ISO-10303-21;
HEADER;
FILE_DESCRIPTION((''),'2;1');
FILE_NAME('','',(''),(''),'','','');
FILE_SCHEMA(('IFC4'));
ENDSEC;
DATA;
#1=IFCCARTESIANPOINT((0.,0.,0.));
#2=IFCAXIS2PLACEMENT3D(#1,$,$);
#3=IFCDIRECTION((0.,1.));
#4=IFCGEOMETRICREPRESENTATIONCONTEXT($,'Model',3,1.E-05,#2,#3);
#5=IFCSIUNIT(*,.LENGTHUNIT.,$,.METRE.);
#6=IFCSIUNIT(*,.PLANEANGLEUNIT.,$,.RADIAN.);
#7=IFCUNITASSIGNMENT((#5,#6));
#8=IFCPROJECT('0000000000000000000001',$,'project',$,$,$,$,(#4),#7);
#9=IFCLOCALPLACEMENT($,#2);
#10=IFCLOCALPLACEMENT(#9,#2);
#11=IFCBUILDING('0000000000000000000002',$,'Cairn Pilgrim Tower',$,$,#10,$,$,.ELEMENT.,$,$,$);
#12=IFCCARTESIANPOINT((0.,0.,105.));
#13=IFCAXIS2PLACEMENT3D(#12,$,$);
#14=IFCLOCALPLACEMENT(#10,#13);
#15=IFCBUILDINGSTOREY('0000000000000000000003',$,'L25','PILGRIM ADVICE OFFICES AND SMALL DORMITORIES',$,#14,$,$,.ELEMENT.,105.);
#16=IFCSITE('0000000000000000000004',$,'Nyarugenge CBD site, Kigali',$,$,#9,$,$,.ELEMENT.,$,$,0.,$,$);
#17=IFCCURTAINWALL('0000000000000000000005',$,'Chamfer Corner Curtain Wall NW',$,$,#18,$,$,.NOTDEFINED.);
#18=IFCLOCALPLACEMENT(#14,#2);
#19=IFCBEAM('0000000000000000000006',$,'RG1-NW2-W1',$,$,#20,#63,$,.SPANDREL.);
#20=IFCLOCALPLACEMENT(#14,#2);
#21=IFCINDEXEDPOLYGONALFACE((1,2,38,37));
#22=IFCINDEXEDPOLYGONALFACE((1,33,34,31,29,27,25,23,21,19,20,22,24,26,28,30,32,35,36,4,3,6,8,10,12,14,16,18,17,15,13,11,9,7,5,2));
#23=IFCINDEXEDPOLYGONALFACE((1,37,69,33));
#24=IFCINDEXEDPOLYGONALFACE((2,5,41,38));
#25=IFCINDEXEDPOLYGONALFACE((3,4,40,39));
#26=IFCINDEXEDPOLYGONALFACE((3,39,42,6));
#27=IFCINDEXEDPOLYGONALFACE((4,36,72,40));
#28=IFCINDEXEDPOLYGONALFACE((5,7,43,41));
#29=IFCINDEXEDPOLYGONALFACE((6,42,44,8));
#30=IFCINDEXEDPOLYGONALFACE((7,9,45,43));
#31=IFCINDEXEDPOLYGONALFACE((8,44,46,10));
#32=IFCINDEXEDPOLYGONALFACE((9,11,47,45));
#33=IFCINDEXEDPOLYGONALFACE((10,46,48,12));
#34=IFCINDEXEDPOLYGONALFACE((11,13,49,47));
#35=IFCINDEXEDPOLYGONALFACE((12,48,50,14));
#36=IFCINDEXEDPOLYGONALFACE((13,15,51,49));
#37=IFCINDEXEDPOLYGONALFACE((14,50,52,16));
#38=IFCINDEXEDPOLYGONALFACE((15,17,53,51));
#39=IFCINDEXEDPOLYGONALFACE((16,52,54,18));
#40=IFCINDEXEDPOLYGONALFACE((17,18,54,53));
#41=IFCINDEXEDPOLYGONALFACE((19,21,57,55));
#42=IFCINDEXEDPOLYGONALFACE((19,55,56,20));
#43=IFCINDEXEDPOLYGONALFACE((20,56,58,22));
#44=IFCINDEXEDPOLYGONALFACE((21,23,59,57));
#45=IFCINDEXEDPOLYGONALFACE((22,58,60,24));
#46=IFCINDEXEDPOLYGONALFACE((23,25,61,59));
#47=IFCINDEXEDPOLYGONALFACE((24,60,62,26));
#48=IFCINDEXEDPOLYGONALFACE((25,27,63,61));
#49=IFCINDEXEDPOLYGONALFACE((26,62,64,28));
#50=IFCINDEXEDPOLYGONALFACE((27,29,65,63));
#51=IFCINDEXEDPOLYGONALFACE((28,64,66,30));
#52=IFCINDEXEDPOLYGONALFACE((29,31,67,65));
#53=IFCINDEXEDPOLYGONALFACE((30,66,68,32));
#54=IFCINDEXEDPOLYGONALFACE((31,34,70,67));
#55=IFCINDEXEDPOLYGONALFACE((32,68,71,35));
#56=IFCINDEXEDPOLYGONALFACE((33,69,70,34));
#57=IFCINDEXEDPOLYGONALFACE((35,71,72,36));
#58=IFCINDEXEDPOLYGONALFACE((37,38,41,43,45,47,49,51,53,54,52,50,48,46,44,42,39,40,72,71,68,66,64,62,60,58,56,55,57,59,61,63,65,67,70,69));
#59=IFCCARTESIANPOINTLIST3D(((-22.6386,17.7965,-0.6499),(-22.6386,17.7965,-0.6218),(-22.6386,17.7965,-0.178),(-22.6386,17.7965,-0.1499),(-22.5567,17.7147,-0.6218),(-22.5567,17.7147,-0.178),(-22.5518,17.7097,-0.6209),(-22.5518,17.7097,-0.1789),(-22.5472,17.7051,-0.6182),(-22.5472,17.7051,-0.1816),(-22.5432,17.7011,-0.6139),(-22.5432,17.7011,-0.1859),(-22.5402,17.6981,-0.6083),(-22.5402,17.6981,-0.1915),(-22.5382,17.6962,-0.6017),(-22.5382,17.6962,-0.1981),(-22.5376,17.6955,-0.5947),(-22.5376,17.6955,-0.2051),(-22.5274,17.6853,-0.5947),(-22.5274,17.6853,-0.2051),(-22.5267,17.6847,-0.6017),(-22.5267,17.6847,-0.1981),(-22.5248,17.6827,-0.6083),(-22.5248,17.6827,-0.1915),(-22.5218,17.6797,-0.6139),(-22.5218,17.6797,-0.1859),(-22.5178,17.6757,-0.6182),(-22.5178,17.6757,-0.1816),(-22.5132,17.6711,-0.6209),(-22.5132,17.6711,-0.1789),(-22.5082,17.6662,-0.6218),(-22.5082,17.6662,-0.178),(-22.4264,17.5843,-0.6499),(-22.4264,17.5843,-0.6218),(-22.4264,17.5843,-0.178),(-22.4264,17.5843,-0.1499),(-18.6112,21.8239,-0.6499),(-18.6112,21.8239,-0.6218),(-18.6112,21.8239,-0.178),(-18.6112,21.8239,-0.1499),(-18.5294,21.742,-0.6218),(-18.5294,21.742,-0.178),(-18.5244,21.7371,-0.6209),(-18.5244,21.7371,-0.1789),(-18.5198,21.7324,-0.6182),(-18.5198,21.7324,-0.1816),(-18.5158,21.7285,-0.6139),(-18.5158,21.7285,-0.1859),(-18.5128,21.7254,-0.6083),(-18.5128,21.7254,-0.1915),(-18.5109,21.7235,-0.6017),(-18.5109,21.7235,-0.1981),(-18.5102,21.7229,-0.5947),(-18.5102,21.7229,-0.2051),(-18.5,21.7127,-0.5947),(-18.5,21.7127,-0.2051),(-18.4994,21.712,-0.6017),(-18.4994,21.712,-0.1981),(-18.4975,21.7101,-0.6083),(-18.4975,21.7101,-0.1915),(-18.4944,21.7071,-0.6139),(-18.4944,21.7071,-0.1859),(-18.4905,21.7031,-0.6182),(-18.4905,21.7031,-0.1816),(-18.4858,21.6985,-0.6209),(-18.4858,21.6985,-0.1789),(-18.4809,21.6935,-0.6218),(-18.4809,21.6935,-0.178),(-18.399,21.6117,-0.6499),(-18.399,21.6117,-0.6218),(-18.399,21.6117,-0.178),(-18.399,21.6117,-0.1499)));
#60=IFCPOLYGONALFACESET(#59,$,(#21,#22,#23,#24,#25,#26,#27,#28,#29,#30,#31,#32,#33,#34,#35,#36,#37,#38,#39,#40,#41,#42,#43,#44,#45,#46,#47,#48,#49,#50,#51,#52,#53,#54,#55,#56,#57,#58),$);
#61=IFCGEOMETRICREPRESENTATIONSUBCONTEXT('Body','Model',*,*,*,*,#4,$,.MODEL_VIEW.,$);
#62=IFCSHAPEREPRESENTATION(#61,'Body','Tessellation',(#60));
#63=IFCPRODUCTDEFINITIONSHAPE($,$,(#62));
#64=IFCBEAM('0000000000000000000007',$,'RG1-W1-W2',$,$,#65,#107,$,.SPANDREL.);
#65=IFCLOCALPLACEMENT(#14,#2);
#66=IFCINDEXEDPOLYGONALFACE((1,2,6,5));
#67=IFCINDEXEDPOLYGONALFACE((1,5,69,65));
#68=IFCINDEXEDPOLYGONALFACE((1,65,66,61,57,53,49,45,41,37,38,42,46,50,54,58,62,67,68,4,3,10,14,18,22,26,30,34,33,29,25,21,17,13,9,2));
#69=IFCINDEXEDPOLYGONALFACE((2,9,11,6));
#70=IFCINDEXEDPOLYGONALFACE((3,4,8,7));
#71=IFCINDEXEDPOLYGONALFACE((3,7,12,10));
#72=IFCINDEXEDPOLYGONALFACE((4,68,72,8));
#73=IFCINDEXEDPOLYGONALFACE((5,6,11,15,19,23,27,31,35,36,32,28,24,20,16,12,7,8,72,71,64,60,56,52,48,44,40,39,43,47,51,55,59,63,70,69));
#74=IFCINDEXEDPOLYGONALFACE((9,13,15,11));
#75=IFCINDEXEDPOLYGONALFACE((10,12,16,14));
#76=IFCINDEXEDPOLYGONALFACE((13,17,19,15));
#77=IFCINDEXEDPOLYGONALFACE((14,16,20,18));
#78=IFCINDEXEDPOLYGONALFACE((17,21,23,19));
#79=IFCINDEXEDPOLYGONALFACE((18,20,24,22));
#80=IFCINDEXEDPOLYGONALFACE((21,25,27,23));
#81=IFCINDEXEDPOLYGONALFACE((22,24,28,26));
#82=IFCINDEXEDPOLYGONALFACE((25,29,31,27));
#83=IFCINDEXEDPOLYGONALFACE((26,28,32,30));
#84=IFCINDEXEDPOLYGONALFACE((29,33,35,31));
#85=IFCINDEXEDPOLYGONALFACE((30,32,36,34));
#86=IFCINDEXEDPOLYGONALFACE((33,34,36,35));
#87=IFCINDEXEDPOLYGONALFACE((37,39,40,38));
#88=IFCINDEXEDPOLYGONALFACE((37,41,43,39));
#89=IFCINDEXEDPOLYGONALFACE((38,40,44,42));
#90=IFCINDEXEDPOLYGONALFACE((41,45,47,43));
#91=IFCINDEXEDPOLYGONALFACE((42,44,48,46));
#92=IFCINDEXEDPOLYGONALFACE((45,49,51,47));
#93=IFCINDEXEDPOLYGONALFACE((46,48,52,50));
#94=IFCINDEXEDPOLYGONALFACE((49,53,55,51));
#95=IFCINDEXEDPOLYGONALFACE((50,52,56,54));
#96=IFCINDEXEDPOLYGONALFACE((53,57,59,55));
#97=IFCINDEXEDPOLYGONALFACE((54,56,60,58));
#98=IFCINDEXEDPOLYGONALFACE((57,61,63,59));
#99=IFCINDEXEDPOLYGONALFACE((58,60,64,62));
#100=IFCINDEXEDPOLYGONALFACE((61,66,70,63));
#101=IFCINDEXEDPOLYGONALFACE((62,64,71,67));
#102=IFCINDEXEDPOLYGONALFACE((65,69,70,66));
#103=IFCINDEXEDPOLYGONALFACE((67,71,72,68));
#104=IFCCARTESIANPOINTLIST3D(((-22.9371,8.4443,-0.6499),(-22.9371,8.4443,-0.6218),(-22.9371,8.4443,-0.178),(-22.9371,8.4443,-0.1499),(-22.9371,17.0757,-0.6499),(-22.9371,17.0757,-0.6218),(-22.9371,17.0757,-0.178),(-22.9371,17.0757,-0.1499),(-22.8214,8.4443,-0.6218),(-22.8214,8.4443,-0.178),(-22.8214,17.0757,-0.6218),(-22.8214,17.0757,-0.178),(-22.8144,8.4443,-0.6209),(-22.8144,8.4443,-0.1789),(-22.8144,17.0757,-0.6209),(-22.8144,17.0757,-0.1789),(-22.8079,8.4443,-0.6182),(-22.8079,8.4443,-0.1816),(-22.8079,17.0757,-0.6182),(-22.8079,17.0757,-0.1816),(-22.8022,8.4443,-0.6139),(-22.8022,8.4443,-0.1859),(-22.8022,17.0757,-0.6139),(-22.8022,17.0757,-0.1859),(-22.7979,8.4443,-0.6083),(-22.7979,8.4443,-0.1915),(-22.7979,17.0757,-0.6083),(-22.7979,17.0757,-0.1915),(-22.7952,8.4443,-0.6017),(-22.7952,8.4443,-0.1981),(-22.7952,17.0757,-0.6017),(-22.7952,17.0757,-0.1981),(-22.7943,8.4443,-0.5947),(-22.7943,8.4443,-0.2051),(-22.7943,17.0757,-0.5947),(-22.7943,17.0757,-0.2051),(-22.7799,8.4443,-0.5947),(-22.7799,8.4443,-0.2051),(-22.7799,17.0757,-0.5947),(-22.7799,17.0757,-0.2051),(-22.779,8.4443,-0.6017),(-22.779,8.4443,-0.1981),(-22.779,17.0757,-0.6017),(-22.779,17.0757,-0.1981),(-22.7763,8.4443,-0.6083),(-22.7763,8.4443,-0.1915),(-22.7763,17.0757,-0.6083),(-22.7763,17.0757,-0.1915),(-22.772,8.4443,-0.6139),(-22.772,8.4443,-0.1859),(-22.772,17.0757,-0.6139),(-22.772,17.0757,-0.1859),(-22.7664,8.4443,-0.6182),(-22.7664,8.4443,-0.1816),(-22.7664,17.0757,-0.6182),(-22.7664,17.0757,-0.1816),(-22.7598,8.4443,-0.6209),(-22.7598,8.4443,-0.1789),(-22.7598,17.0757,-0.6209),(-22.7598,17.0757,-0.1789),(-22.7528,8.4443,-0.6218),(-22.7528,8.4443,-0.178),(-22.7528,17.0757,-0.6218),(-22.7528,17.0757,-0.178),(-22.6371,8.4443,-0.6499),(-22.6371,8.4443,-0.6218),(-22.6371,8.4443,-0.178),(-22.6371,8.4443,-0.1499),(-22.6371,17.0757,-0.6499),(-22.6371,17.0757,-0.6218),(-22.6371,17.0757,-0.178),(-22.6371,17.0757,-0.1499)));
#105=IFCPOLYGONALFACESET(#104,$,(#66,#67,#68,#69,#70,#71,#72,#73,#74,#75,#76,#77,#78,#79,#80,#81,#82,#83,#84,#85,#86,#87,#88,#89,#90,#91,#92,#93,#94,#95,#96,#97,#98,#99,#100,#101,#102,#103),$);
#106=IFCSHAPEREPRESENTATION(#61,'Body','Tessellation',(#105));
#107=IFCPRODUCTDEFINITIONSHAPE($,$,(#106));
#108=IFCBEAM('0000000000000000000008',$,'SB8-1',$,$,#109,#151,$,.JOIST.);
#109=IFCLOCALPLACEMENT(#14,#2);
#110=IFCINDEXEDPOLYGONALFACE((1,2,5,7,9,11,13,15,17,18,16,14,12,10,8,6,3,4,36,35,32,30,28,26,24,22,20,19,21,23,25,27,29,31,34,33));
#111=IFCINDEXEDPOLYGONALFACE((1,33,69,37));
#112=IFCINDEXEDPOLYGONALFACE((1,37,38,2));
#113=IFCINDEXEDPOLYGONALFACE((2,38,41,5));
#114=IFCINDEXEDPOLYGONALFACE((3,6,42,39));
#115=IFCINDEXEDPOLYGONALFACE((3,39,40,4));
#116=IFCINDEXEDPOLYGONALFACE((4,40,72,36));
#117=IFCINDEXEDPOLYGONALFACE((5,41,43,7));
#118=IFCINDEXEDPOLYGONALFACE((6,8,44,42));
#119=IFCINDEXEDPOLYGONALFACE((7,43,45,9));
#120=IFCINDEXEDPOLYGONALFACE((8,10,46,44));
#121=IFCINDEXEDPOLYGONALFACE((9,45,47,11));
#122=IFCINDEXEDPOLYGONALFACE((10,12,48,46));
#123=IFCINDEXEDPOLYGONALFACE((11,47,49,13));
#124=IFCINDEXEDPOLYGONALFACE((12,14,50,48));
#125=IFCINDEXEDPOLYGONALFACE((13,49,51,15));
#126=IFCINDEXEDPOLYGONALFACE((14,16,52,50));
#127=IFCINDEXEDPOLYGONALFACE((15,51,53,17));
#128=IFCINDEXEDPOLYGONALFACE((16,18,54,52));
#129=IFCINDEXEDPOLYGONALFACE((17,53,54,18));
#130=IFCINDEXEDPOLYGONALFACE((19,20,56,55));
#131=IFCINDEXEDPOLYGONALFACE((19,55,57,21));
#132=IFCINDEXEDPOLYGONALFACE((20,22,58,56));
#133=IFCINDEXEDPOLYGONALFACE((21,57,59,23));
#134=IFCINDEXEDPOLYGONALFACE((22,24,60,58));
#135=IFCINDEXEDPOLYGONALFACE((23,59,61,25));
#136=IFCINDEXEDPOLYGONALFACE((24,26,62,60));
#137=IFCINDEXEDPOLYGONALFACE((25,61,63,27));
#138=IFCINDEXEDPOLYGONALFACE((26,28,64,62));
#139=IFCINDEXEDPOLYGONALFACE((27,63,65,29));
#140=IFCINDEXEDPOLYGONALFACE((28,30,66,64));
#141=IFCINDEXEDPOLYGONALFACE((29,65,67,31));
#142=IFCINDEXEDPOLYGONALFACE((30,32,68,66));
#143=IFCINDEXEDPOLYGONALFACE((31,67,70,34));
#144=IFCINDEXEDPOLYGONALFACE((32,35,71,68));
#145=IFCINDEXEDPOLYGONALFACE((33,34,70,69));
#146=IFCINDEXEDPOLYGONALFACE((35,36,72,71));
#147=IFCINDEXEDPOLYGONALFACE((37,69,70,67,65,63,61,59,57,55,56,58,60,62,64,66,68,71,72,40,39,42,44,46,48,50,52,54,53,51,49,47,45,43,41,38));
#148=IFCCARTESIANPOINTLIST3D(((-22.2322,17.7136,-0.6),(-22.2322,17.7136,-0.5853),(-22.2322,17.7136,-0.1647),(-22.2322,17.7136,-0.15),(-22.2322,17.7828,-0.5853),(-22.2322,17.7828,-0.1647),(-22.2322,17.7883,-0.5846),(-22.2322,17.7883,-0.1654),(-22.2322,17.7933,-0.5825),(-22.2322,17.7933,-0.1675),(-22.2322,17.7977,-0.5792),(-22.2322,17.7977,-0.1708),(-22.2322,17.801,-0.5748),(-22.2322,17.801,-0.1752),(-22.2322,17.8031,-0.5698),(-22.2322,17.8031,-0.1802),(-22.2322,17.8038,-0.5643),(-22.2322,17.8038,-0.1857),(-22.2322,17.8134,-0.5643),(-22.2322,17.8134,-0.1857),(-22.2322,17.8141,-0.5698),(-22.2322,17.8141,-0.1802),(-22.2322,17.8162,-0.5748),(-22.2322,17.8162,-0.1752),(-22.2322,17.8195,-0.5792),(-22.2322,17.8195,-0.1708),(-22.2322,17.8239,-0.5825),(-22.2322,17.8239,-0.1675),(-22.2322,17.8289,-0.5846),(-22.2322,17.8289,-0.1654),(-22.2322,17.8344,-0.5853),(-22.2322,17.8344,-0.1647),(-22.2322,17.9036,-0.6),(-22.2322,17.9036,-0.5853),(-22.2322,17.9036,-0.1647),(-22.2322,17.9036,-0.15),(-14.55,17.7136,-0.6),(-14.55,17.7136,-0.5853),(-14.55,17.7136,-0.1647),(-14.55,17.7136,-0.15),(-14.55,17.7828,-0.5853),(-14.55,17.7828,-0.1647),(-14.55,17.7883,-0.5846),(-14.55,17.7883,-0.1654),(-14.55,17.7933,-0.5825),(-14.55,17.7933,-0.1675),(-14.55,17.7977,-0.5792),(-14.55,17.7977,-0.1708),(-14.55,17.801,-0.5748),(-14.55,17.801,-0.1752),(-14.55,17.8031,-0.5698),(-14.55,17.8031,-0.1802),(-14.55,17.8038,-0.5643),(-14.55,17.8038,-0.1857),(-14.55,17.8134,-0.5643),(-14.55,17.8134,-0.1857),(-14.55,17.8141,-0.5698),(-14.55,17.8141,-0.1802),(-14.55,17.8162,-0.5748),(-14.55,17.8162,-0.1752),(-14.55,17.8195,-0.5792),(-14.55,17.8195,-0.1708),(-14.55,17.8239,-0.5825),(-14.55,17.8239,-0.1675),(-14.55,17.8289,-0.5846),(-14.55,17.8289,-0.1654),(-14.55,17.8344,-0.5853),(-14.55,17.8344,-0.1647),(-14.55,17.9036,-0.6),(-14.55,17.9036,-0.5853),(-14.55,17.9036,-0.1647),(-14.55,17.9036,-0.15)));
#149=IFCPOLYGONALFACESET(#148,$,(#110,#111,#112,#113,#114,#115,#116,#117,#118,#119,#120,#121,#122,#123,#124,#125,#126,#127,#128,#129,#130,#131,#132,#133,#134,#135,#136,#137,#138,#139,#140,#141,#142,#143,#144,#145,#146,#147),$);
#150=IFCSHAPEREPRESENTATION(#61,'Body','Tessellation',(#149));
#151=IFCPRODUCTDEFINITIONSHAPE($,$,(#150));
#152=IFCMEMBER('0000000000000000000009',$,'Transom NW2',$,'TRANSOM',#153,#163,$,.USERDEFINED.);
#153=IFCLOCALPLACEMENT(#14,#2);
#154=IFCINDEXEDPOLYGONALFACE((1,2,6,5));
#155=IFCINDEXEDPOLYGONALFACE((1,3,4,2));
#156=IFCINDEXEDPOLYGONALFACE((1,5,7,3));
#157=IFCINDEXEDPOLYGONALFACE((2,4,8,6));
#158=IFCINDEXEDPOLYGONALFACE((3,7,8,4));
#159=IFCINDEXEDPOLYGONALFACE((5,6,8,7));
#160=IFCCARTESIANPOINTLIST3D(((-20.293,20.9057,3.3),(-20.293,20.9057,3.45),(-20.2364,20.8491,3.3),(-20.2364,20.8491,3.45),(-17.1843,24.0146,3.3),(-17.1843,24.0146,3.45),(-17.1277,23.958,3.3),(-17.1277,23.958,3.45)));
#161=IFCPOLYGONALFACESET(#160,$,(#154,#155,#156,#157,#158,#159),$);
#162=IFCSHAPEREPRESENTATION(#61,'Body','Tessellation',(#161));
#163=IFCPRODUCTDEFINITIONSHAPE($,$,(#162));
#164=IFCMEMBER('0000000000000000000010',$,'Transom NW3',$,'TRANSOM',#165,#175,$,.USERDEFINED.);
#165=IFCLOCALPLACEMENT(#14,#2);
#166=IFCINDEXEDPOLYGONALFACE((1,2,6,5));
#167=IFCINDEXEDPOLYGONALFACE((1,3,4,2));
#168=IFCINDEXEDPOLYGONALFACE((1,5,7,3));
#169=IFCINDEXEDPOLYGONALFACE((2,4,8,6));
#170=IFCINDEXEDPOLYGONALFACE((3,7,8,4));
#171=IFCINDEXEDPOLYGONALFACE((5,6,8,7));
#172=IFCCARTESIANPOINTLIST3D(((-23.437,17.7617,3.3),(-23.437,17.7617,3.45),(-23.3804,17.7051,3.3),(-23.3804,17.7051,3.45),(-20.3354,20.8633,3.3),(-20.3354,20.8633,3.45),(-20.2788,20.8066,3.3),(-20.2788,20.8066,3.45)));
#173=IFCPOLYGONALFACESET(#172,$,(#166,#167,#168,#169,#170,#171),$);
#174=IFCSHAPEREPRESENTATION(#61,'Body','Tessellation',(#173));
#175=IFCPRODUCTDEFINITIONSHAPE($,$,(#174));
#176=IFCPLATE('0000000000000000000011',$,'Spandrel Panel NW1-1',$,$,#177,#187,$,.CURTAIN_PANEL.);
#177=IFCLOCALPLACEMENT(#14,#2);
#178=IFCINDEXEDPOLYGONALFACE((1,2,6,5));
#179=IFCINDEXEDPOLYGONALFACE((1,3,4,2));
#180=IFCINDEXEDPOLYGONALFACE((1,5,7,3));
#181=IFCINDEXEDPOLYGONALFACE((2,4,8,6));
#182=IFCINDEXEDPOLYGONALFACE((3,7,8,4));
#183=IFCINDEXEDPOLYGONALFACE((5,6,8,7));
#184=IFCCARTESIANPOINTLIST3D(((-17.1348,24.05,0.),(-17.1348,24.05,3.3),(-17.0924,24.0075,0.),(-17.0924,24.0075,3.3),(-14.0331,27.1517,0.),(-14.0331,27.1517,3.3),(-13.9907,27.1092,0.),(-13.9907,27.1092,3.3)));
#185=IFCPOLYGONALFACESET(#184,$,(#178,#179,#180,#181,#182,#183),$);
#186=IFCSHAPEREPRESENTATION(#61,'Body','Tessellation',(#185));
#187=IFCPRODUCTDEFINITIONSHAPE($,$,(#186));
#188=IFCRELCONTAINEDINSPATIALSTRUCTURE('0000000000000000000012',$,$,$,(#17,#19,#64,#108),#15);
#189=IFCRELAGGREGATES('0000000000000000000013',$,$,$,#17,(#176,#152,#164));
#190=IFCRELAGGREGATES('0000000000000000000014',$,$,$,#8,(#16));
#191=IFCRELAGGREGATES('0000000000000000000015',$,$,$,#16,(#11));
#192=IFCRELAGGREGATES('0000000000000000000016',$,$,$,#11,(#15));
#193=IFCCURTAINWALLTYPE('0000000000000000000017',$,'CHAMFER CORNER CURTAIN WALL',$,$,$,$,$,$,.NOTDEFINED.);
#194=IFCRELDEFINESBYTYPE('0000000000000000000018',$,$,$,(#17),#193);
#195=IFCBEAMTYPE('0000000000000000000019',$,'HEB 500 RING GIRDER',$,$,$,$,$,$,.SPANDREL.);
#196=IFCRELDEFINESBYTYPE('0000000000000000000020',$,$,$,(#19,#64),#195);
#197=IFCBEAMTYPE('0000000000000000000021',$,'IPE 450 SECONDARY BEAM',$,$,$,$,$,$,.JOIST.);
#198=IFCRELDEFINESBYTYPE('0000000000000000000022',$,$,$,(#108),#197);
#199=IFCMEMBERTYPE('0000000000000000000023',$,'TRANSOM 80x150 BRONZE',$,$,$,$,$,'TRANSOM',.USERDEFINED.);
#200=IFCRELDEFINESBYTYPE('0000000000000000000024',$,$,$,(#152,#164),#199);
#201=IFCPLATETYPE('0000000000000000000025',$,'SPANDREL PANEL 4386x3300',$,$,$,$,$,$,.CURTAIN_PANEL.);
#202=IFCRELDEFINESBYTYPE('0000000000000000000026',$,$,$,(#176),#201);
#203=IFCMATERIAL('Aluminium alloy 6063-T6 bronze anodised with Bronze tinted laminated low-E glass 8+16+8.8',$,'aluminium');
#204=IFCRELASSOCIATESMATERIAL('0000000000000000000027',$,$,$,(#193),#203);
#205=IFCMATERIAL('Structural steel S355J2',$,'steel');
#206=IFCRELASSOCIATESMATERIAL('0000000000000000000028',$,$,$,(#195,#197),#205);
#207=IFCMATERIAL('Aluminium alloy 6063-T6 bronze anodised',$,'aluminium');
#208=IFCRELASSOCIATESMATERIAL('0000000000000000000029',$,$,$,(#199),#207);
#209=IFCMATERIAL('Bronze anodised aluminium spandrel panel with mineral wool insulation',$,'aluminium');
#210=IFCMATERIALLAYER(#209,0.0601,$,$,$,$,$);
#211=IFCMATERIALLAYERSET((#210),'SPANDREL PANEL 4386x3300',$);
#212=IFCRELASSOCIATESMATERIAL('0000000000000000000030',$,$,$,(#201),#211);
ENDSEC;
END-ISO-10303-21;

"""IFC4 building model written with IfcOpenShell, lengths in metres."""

from ifc_helpers import new_model, si_unit, direction, frame, origin, origin_2d, place, context, subcontext, project, spatial, rectangle, i_section, extrude, material, layer, layer_set, material_profile, profile_set, type_object, element, aggregate, save


model = new_model("IFC4")

# Units and contexts
model_context = context("Model", 3, precision=1e-05, world=origin(), true_north=direction((0.0, 1.0)))
body_context = subcontext(model_context, "Body", "Model", "MODEL_VIEW")
ifc_project = project(units=[si_unit("LENGTHUNIT", "METRE"), si_unit("PLANEANGLEUNIT", "RADIAN")], contexts=[model_context])

# Site, building, storey
site_placement = place(None, origin())
site = spatial("IfcSite", under=ifc_project, at=site_placement, Name="Nyarugenge CBD site, Kigali", CompositionType="ELEMENT", RefElevation=0.0)
building_placement = place(site_placement, origin())
building = spatial("IfcBuilding", under=site, at=building_placement, Name="Cairn Pilgrim Tower", CompositionType="ELEMENT")
storey_placement = place(building_placement, frame((0.0, 0.0, 105.0)))
storey = spatial("IfcBuildingStorey", under=building, at=storey_placement, Name="L25", Description="PILGRIM ADVICE OFFICES AND SMALL DORMITORIES", CompositionType="ELEMENT", Elevation=105.0)

# Shared definitions
ifc_material_1 = material(Name="Structural steel S355J2", Category="steel")

# Curtain wall
ifc_material_2 = material(Name="Aluminium alloy 6063-T6 bronze anodised with Bronze tinted laminated low-E glass 8+16+8.8", Category="aluminium")
curtain_wall_type_1 = type_object("IfcCurtainWallType", Name="CHAMFER CORNER CURTAIN WALL", PredefinedType="NOTDEFINED", material=ifc_material_2)
curtain_wall_1_placement = place(storey_placement, origin())
curtain_wall_1 = element("IfcCurtainWall", 1, at=curtain_wall_1_placement, inside=storey, type_object=curtain_wall_type_1, Name="Chamfer Corner Curtain Wall NW", PredefinedType="NOTDEFINED")
ifc_material_3 = material(Name="Aluminium alloy 6063-T6 bronze anodised", Category="aluminium")

# Beams
ifc_material_profile_1 = material_profile(ifc_material_1, i_section(OverallWidth=0.3, OverallDepth=0.5, WebThickness=0.0144, FlangeThickness=0.0281, FilletRadius=0.0271, at=origin_2d()), Name="HEB 500")
ifc_profile_set_1 = profile_set([ifc_material_profile_1], Name="Structural steel S355J2")
beam_type_1 = type_object("IfcBeamType", Name="HEB 500 RING GIRDER", PredefinedType="SPANDREL", material=ifc_profile_set_1)
beam_1_placement = place(storey_placement, frame((-18.5051, 21.7178, -0.3999), z_axis=(-0.707107, -0.707107, 0.0), x_axis=(0.707107, -0.707107, 0.0)))
element("IfcBeam", 2, at=beam_1_placement, inside=storey, type_object=beam_type_1, Name="RG1-NW2-W1", PredefinedType="SPANDREL", context=body_context, shape_type="SweptSolid", body=[
    extrude(i_section(OverallWidth=0.3, OverallDepth=0.5, WebThickness=0.0144, FlangeThickness=0.0281, FilletRadius=0.0271, at=origin_2d()), origin(), (0.0, 0.0, 1.0), 5.6956),
])
beam_2_placement = place(storey_placement, frame((-22.7871, 17.0757, -0.3999), z_axis=(0.0, -1.0, 0.0), x_axis=(1.0, 0.0, 0.0)))
element("IfcBeam", 3, at=beam_2_placement, inside=storey, type_object=beam_type_1, Name="RG1-W1-W2", PredefinedType="SPANDREL", context=body_context, shape_type="SweptSolid", body=[
    extrude(i_section(OverallWidth=0.3, OverallDepth=0.5, WebThickness=0.0144, FlangeThickness=0.0281, FilletRadius=0.0271, at=origin_2d()), origin(), (0.0, 0.0, 1.0), 8.6313),
])
ifc_material_profile_2 = material_profile(ifc_material_1, i_section(OverallWidth=0.1899, OverallDepth=0.45, WebThickness=0.0095, FlangeThickness=0.0146, FilletRadius=0.021, at=origin_2d()), Name="IPE 450")
ifc_profile_set_2 = profile_set([ifc_material_profile_2], Name="Structural steel S355J2")
beam_type_2 = type_object("IfcBeamType", Name="IPE 450 SECONDARY BEAM", PredefinedType="JOIST", material=ifc_profile_set_2)
beam_3_placement = place(storey_placement, frame((-22.2322, 17.8086, -0.375), z_axis=(1.0, 0.0, 0.0), x_axis=(0.0, 1.0, 0.0)))
element("IfcBeam", 4, at=beam_3_placement, inside=storey, type_object=beam_type_2, Name="SB8-1", PredefinedType="JOIST", context=body_context, shape_type="SweptSolid", body=[
    extrude(i_section(OverallWidth=0.1899, OverallDepth=0.45, WebThickness=0.0095, FlangeThickness=0.0146, FilletRadius=0.021, at=origin_2d()), origin(), (0.0, 0.0, 1.0), 7.6821),
])

# Members
ifc_material_profile_3 = material_profile(ifc_material_3, rectangle(XDim=0.0801, YDim=0.1499, at=origin_2d()), Name="TRANSOM 80x150 BRONZE")
ifc_profile_set_3 = profile_set([ifc_material_profile_3], Name="Aluminium alloy 6063-T6 bronze anodised")
member_type_1 = type_object("IfcMemberType", Name="TRANSOM 80x150 BRONZE", ElementType="TRANSOM", PredefinedType="USERDEFINED", material=ifc_profile_set_3)
member_1_placement = place(storey_placement, frame((-17.156, 23.9863, 3.375), z_axis=(-0.707079, -0.707135, 0.0), x_axis=(0.707135, -0.707079, 0.0)))
member_1 = element("IfcMember", 5, at=member_1_placement, type_object=member_type_1, Name="Transom NW2", ObjectType="TRANSOM", PredefinedType="USERDEFINED", context=body_context, shape_type="SweptSolid", body=[
    extrude(rectangle(XDim=0.0801, YDim=0.1499, at=origin_2d()), origin(), (0.0, 0.0, 1.0), 4.3965),
])
member_2_placement = place(storey_placement, frame((-20.3071, 20.835, 3.375), z_axis=(-0.707107, -0.707107, 0.0), x_axis=(0.707107, -0.707107, 0.0)))
member_2 = element("IfcMember", 6, at=member_2_placement, type_object=member_type_1, Name="Transom NW3", ObjectType="TRANSOM", PredefinedType="USERDEFINED", context=body_context, shape_type="SweptSolid", body=[
    extrude(rectangle(XDim=0.0801, YDim=0.1499, at=origin_2d()), origin(), (0.0, 0.0, 1.0), 4.3862),
])

# Plate
ifc_material_4 = material(Name="Bronze anodised aluminium spandrel panel with mineral wool insulation", Category="aluminium")
ifc_layer_1 = layer(ifc_material_4, 0.0601)
ifc_layer_set_1 = layer_set([ifc_layer_1], Name="SPANDREL PANEL 4386x3300")
plate_type_1 = type_object("IfcPlateType", Name="SPANDREL PANEL 4386x3300", PredefinedType="CURTAIN_PANEL", material=ifc_layer_set_1)
plate_1_placement = place(storey_placement, frame((-15.5627, 25.5796, 0.0), z_axis=(0.0, 0.0, 1.0), x_axis=(-0.707107, -0.707107, 0.0)))
plate_1 = element("IfcPlate", 7, at=plate_1_placement, type_object=plate_type_1, Name="Spandrel Panel NW1-1", PredefinedType="CURTAIN_PANEL", context=body_context, shape_type="SweptSolid", body=[
    extrude(rectangle(XDim=4.3865, YDim=0.0601, at=origin_2d()), origin(), (0.0, 0.0, 1.0), 3.3),
])
aggregate(curtain_wall_1, [plate_1, member_1, member_2])

save(model, "model.ifc")
